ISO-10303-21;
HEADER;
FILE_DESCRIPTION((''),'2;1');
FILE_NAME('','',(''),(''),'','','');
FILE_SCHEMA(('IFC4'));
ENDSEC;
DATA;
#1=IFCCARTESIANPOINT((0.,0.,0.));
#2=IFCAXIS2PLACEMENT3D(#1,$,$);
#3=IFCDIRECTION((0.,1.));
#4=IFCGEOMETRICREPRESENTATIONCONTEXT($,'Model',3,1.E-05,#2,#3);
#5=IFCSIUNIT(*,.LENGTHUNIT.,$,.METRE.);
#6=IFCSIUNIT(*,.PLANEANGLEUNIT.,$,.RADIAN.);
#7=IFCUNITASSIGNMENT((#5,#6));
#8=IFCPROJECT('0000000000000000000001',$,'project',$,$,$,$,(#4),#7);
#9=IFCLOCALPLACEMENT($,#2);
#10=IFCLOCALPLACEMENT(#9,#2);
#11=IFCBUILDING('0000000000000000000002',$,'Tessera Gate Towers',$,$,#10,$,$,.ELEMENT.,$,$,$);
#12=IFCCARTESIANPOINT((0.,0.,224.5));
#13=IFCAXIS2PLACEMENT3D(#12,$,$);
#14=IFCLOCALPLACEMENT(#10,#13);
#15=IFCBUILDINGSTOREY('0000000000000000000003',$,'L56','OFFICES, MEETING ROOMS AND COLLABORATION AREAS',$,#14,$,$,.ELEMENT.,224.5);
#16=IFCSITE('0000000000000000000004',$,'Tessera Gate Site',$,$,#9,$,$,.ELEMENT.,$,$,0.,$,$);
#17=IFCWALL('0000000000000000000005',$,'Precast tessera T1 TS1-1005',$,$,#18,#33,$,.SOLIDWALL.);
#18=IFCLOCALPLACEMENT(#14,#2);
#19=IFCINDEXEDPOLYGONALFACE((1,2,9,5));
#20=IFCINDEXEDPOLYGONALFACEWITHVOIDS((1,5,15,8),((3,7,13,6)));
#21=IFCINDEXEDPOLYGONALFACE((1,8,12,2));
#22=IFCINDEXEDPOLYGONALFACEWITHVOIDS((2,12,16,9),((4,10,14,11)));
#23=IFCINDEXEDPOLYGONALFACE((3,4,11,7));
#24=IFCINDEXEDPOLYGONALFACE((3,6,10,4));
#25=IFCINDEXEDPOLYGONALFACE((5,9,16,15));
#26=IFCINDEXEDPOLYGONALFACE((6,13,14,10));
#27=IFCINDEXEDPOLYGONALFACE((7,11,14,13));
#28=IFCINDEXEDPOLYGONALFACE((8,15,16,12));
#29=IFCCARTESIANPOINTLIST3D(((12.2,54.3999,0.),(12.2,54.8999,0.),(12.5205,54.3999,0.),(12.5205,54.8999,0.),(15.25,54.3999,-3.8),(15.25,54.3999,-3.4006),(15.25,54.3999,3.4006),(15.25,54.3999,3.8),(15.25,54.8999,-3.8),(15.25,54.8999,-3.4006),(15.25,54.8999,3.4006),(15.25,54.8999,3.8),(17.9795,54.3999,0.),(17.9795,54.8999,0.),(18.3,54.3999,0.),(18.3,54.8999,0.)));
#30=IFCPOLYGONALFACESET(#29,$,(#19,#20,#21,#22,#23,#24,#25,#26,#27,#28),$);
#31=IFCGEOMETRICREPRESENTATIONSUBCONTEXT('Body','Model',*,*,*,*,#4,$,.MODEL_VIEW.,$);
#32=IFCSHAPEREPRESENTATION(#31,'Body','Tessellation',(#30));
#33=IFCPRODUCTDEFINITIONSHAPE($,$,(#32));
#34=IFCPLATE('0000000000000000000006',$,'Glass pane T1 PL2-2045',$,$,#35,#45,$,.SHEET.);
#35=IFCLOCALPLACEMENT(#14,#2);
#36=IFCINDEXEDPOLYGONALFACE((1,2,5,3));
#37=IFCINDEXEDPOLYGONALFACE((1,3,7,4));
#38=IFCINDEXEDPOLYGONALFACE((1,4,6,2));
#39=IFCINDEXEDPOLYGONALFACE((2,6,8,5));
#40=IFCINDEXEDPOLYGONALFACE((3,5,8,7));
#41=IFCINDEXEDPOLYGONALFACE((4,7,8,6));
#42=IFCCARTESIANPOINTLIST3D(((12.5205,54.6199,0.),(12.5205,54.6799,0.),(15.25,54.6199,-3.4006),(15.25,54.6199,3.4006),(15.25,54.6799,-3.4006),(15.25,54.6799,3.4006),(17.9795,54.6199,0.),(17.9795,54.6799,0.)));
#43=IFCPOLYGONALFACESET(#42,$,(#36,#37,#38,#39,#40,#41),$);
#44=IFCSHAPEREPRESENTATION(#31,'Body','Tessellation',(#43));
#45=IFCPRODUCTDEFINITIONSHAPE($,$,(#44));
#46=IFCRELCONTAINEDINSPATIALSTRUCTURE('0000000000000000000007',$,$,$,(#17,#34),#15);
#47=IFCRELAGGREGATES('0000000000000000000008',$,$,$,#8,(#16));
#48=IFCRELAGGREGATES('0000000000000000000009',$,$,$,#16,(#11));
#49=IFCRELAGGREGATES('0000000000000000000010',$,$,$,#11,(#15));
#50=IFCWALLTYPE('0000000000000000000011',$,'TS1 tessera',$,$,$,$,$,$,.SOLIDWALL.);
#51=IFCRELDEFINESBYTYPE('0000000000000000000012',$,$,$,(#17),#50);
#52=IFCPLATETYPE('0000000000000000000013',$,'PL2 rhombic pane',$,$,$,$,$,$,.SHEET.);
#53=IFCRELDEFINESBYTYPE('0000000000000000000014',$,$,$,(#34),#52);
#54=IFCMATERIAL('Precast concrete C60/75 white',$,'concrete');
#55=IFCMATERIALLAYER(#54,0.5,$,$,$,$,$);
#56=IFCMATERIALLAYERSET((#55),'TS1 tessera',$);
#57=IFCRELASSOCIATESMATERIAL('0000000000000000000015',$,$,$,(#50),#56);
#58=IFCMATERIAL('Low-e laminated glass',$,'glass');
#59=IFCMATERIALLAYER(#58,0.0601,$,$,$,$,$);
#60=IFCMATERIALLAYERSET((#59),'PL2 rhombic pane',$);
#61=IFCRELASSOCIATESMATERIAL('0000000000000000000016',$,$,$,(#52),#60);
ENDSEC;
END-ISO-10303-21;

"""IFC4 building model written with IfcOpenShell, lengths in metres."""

from ifc_helpers import new_model, si_unit, direction, frame, origin, place, context, subcontext, project, spatial, polyline, outline, extrude, source, transform, mapped, material, layer, layer_set, type_object, element, fill, save


model = new_model("IFC4")

# Units and contexts
model_context = context("Model", 3, precision=1e-05, world=origin(), true_north=direction((0.0, 1.0)))
body_context = subcontext(model_context, "Body", "Model", "MODEL_VIEW")
ifc_project = project(units=[si_unit("LENGTHUNIT", "METRE"), si_unit("PLANEANGLEUNIT", "RADIAN")], contexts=[model_context])

# Site, building, storey
site_placement = place(None, origin())
site = spatial("IfcSite", under=ifc_project, at=site_placement, Name="Tessera Gate Site", CompositionType="ELEMENT", RefElevation=0.0)
building_placement = place(site_placement, origin())
building = spatial("IfcBuilding", under=site, at=building_placement, Name="Tessera Gate Towers", CompositionType="ELEMENT")
storey_placement = place(building_placement, frame((0.0, 0.0, 224.5)))
storey = spatial("IfcBuildingStorey", under=building, at=storey_placement, Name="L56", Description="OFFICES, MEETING ROOMS AND COLLABORATION AREAS", CompositionType="ELEMENT", Elevation=224.5)

# Wall, opening, plate
ifc_material_1 = material(Name="Precast concrete C60/75 white", Category="concrete")
ifc_layer_1 = layer(ifc_material_1, 0.5)
ifc_layer_set_1 = layer_set([ifc_layer_1], Name="TS1 tessera")
wall_type_1 = type_object("IfcWallType", Name="TS1 tessera", PredefinedType="SOLIDWALL", material=ifc_layer_set_1)
shared_shape_1 = source(origin(), body_context, "Body", "SweptSolid", [
    extrude(outline(polyline([(3.05, 0.0), (6.1001, 3.8), (3.05, 7.6001), (0.0, 3.8), (3.05, 0.0)])), frame((0.0, 0.25, 0.0), z_axis=(0.0, -1.0, 0.0), x_axis=(1.0, 0.0, 0.0)), (0.0, 0.0, 1.0), 0.5),
])
wall_1_placement = place(storey_placement, frame((18.3, 54.6499, -3.8), z_axis=(0.0, 0.0, 1.0), x_axis=(-1.0, 0.0, 0.0)))
wall_1 = element("IfcWall", 1, at=wall_1_placement, inside=storey, type_object=wall_type_1, Name="Precast tessera T1 TS1-1005", PredefinedType="SOLIDWALL", context=body_context, shape_type="MappedRepresentation", body=[
    mapped(shared_shape_1, transform((0.0, 0.0, 0.0), scale=1.0)),
])
shared_shape_2 = source(origin(), body_context, "Body", "SweptSolid", [
    extrude(outline(polyline([(3.05, 0.3994), (5.7795, 3.8), (3.05, 7.2007), (0.3206, 3.8), (3.05, 0.3994)])), frame((0.0, 0.26, 0.0), z_axis=(0.0, -1.0, 0.0), x_axis=(1.0, 0.0, 0.0)), (0.0, 0.0, 1.0), 0.52),
])
opening_1_placement = place(wall_1_placement, origin())
opening_1 = element("IfcOpeningElement", 2, at=opening_1_placement, cuts=wall_1, PredefinedType="OPENING", context=body_context, shape_type="MappedRepresentation", body=[
    mapped(shared_shape_2, transform((0.0, 0.0, 0.0), scale=1.0)),
])
ifc_material_2 = material(Name="Low-e laminated glass", Category="glass")
ifc_layer_2 = layer(ifc_material_2, 0.0601)
ifc_layer_set_2 = layer_set([ifc_layer_2], Name="PL2 rhombic pane")
plate_type = type_object("IfcPlateType", Name="PL2 rhombic pane", PredefinedType="SHEET", material=ifc_layer_set_2)
shared_shape_3 = source(origin(), body_context, "Body", "SweptSolid", [
    extrude(outline(polyline([(3.05, 0.3994), (5.7795, 3.8), (3.05, 7.2007), (0.3206, 3.8), (3.05, 0.3994)])), frame((0.0, 0.03, 0.0), z_axis=(0.0, -1.0, 0.0), x_axis=(1.0, 0.0, 0.0)), (0.0, 0.0, 1.0), 0.0601),
])
plate_placement = place(opening_1_placement, origin())
plate = element("IfcPlate", 3, at=plate_placement, inside=storey, type_object=plate_type, Name="Glass pane T1 PL2-2045", PredefinedType="SHEET", context=body_context, shape_type="MappedRepresentation", body=[
    mapped(shared_shape_3, transform((0.0, 0.0, 0.0), scale=1.0)),
])
fill(opening_1, plate)

save(model, "model.ifc")
